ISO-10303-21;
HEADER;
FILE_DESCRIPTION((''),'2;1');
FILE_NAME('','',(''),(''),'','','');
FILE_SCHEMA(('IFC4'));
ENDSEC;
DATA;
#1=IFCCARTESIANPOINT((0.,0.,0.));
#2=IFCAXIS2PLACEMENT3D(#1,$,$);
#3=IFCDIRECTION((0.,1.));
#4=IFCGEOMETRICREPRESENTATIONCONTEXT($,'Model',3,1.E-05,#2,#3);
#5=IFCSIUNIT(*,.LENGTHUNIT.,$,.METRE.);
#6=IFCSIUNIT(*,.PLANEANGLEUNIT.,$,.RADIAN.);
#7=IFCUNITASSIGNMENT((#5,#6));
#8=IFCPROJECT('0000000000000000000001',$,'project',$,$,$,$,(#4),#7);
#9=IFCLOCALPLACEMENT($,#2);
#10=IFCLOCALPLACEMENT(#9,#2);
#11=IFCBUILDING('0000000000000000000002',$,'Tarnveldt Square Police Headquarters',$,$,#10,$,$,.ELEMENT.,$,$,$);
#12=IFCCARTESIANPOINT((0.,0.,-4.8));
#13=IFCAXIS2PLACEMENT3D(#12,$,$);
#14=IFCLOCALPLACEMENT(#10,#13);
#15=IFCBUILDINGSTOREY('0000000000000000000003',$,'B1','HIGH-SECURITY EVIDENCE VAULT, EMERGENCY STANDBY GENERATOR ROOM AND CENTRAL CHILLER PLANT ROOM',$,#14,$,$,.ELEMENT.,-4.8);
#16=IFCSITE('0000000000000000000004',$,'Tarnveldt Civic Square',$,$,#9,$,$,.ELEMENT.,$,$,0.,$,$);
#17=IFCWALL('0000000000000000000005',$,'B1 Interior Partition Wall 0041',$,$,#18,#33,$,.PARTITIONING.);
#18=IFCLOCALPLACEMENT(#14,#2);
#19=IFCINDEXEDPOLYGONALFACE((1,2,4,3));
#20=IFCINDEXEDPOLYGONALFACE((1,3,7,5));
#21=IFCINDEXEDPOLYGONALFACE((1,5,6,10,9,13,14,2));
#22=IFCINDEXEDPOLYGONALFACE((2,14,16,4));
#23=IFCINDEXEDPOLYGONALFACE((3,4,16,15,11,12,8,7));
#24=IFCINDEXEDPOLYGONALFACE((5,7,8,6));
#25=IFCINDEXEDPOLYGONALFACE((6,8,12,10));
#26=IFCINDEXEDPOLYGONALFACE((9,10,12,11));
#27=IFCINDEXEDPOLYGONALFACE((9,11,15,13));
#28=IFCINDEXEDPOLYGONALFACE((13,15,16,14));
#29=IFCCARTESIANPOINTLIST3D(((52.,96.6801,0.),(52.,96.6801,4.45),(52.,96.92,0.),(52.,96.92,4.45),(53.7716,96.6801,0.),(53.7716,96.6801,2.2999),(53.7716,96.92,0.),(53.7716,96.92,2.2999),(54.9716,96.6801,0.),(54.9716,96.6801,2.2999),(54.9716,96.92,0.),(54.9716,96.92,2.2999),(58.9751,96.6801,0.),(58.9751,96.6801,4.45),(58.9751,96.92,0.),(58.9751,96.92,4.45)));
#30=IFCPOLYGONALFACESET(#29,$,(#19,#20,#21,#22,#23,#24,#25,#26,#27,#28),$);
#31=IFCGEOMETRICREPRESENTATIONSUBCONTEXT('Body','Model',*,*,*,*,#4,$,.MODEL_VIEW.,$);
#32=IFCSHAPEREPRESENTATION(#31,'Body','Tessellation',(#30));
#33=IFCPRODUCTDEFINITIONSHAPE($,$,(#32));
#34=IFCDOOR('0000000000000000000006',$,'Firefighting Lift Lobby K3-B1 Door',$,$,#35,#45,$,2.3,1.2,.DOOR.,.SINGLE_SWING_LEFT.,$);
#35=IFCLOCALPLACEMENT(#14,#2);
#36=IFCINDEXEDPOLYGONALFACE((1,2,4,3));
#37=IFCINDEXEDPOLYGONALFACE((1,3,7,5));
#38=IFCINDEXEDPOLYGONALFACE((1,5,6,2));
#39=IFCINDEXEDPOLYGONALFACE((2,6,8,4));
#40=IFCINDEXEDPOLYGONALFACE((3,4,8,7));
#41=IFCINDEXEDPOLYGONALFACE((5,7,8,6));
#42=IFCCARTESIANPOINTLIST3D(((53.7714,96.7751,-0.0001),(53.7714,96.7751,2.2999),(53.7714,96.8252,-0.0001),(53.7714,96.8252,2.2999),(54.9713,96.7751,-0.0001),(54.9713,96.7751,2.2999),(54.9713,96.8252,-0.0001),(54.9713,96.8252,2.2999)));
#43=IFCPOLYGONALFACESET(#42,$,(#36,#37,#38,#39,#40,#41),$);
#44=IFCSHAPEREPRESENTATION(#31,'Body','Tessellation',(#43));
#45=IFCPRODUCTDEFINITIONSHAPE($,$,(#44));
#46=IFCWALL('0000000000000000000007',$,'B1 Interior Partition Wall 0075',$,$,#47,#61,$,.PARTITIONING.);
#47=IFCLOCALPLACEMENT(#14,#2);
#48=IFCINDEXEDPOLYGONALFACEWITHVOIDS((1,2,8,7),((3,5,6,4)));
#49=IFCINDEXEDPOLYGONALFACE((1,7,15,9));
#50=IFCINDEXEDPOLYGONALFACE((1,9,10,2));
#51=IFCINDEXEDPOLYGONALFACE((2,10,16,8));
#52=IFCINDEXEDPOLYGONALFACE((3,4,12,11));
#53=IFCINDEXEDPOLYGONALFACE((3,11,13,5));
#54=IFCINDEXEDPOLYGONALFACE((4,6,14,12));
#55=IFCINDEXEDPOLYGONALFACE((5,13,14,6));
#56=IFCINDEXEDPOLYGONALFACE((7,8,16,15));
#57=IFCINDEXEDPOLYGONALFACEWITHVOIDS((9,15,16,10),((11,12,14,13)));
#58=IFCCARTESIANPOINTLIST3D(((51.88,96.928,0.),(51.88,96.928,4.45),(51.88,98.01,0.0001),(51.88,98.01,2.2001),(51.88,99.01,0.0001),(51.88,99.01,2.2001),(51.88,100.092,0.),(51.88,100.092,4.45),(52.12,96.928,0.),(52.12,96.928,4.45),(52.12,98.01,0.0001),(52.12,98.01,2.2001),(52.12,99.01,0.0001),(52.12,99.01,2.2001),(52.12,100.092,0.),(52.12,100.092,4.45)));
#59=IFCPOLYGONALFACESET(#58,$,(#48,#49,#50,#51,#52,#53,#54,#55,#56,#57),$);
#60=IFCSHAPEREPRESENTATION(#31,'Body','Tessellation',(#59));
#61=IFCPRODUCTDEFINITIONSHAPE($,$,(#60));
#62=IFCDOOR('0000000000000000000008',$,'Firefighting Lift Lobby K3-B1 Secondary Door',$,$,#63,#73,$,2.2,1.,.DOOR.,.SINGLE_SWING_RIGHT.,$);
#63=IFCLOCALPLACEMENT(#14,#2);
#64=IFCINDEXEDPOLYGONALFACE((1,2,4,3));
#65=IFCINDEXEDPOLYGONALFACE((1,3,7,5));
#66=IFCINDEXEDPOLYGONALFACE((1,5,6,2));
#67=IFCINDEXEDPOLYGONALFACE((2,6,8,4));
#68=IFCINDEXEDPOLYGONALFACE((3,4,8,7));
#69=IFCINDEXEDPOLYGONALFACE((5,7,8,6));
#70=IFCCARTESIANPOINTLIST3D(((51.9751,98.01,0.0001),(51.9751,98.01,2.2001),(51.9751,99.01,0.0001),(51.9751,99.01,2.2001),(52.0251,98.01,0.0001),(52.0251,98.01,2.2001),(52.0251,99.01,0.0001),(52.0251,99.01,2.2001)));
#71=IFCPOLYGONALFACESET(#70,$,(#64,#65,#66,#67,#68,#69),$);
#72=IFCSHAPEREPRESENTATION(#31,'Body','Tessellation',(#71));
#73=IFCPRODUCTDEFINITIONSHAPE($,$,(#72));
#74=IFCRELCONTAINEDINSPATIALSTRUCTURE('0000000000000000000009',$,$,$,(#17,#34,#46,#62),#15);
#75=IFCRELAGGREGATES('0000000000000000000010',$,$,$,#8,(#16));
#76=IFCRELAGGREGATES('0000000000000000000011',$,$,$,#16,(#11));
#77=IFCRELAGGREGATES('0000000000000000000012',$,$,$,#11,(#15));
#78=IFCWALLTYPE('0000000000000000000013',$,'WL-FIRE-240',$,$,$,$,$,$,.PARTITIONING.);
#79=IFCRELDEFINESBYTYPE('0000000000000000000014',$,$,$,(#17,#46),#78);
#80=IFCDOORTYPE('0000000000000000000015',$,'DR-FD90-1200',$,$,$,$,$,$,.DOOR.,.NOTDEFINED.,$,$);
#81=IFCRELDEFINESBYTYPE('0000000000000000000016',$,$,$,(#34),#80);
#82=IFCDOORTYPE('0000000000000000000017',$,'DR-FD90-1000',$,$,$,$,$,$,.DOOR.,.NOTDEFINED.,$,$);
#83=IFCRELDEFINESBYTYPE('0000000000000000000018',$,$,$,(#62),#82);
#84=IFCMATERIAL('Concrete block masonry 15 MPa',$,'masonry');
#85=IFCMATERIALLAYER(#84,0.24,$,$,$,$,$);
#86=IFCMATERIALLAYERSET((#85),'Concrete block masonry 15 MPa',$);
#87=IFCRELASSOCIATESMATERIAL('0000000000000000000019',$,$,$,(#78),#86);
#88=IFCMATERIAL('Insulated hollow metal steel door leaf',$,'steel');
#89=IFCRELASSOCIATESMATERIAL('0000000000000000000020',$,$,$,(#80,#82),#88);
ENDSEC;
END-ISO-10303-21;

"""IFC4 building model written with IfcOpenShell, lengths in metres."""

from ifc_helpers import new_model, si_unit, direction, frame, frame_2d, origin, place, context, subcontext, project, spatial, rectangle, extrude, material, layer, layer_set, type_object, element, fill, save


model = new_model("IFC4")

# Units and contexts
model_context = context("Model", 3, precision=1e-05, world=origin(), true_north=direction((0.0, 1.0)))
body_context = subcontext(model_context, "Body", "Model", "MODEL_VIEW")
ifc_project = project(units=[si_unit("LENGTHUNIT", "METRE"), si_unit("PLANEANGLEUNIT", "RADIAN")], contexts=[model_context])

# Site, building, storey
site_placement = place(None, origin())
site = spatial("IfcSite", under=ifc_project, at=site_placement, Name="Tarnveldt Civic Square", CompositionType="ELEMENT", RefElevation=0.0)
building_placement = place(site_placement, origin())
building = spatial("IfcBuilding", under=site, at=building_placement, Name="Tarnveldt Square Police Headquarters", CompositionType="ELEMENT")
storey_placement = place(building_placement, frame((0.0, 0.0, -4.8)))
storey = spatial("IfcBuildingStorey", under=building, at=storey_placement, Name="B1", Description="HIGH-SECURITY EVIDENCE VAULT, EMERGENCY STANDBY GENERATOR ROOM AND CENTRAL CHILLER PLANT ROOM", CompositionType="ELEMENT", Elevation=-4.8)

# Shared definitions
ifc_material_1 = material(Name="Insulated hollow metal steel door leaf", Category="steel")

# Walls, openings, doors
ifc_material_2 = material(Name="Concrete block masonry 15 MPa", Category="masonry")
ifc_layer_1 = layer(ifc_material_2, 0.24)
ifc_layer_set_1 = layer_set([ifc_layer_1], Name="Concrete block masonry 15 MPa")
wall_type_1 = type_object("IfcWallType", Name="WL-FIRE-240", PredefinedType="PARTITIONING", material=ifc_layer_set_1)
wall_1_placement = place(storey_placement, frame((52.0, 96.8, 0.0), z_axis=(0.0, 0.0, 1.0), x_axis=(1.0, 0.0, 0.0)))
wall_1 = element("IfcWall", 1, at=wall_1_placement, inside=storey, type_object=wall_type_1, Name="B1 Interior Partition Wall 0041", PredefinedType="PARTITIONING", context=body_context, shape_type="SweptSolid", body=[
    extrude(rectangle(XDim=6.9751, YDim=0.24, at=frame_2d((3.4875, 0.0))), origin(), (0.0, 0.0, 1.0), 4.45),
])
opening_1_placement = place(wall_1_placement, frame((1.7715, 0.0, 0.0)))
opening_1 = element("IfcOpeningElement", 2, at=opening_1_placement, cuts=wall_1, PredefinedType="OPENING", context=body_context, shape_type="SweptSolid", body=[
    extrude(rectangle(XDim=1.2, YDim=2.3, at=frame_2d((0.6001, 1.1499))), frame((0.0, 0.1299, 0.0), z_axis=(0.0, -1.0, 0.0), x_axis=(1.0, 0.0, 0.0)), (0.0, 0.0, 1.0), 0.26),
])
door_type_1 = type_object("IfcDoorType", Name="DR-FD90-1200", OperationType="NOTDEFINED", PredefinedType="DOOR", material=ifc_material_1)
door_1_placement = place(opening_1_placement, frame((1.2, 0.0, 0.0), z_axis=(0.0, 0.0, 1.0), x_axis=(-1.0, 0.0, 0.0)))
door_1 = element("IfcDoor", 3, at=door_1_placement, inside=storey, type_object=door_type_1, Name="Firefighting Lift Lobby K3-B1 Door", OperationType="SINGLE_SWING_LEFT", OverallHeight=2.3, OverallWidth=1.2, PredefinedType="DOOR", context=body_context, shape_type="SweptSolid", body=[
    extrude(rectangle(XDim=1.2, YDim=2.3, at=frame_2d((0.6001, 1.1499))), frame((0.0, 0.0249, 0.0), z_axis=(0.0, -1.0, 0.0), x_axis=(1.0, 0.0, 0.0)), (0.0, 0.0, 1.0), 0.05),
])
fill(opening_1, door_1)
wall_2_placement = place(storey_placement, frame((52.0, 96.928, 0.0), z_axis=(0.0, 0.0, 1.0), x_axis=(0.0, 1.0, 0.0)))
wall_2 = element("IfcWall", 4, at=wall_2_placement, inside=storey, type_object=wall_type_1, Name="B1 Interior Partition Wall 0075", PredefinedType="PARTITIONING", context=body_context, shape_type="SweptSolid", body=[
    extrude(rectangle(XDim=3.1641, YDim=0.24, at=frame_2d((1.582, 0.0))), origin(), (0.0, 0.0, 1.0), 4.45),
])
opening_2_placement = place(wall_2_placement, frame((1.082, 0.0, 0.0)))
opening_2 = element("IfcOpeningElement", 5, at=opening_2_placement, cuts=wall_2, PredefinedType="OPENING", context=body_context, shape_type="SweptSolid", body=[
    extrude(rectangle(XDim=1.0, YDim=2.2, at=frame_2d((0.5, 1.1001))), frame((0.0, 0.1299, 0.0), z_axis=(0.0, -1.0, 0.0), x_axis=(1.0, 0.0, 0.0)), (0.0, 0.0, 1.0), 0.26),
])
door_type_2 = type_object("IfcDoorType", Name="DR-FD90-1000", OperationType="NOTDEFINED", PredefinedType="DOOR", material=ifc_material_1)
door_2_placement = place(opening_2_placement, origin())
door_2 = element("IfcDoor", 6, at=door_2_placement, inside=storey, type_object=door_type_2, Name="Firefighting Lift Lobby K3-B1 Secondary Door", OperationType="SINGLE_SWING_RIGHT", OverallHeight=2.2, OverallWidth=1.0, PredefinedType="DOOR", context=body_context, shape_type="SweptSolid", body=[
    extrude(rectangle(XDim=1.0, YDim=2.2, at=frame_2d((0.5, 1.1001))), frame((0.0, 0.0249, 0.0), z_axis=(0.0, -1.0, 0.0), x_axis=(1.0, 0.0, 0.0)), (0.0, 0.0, 1.0), 0.05),
])
fill(opening_2, door_2)

save(model, "model.ifc")
